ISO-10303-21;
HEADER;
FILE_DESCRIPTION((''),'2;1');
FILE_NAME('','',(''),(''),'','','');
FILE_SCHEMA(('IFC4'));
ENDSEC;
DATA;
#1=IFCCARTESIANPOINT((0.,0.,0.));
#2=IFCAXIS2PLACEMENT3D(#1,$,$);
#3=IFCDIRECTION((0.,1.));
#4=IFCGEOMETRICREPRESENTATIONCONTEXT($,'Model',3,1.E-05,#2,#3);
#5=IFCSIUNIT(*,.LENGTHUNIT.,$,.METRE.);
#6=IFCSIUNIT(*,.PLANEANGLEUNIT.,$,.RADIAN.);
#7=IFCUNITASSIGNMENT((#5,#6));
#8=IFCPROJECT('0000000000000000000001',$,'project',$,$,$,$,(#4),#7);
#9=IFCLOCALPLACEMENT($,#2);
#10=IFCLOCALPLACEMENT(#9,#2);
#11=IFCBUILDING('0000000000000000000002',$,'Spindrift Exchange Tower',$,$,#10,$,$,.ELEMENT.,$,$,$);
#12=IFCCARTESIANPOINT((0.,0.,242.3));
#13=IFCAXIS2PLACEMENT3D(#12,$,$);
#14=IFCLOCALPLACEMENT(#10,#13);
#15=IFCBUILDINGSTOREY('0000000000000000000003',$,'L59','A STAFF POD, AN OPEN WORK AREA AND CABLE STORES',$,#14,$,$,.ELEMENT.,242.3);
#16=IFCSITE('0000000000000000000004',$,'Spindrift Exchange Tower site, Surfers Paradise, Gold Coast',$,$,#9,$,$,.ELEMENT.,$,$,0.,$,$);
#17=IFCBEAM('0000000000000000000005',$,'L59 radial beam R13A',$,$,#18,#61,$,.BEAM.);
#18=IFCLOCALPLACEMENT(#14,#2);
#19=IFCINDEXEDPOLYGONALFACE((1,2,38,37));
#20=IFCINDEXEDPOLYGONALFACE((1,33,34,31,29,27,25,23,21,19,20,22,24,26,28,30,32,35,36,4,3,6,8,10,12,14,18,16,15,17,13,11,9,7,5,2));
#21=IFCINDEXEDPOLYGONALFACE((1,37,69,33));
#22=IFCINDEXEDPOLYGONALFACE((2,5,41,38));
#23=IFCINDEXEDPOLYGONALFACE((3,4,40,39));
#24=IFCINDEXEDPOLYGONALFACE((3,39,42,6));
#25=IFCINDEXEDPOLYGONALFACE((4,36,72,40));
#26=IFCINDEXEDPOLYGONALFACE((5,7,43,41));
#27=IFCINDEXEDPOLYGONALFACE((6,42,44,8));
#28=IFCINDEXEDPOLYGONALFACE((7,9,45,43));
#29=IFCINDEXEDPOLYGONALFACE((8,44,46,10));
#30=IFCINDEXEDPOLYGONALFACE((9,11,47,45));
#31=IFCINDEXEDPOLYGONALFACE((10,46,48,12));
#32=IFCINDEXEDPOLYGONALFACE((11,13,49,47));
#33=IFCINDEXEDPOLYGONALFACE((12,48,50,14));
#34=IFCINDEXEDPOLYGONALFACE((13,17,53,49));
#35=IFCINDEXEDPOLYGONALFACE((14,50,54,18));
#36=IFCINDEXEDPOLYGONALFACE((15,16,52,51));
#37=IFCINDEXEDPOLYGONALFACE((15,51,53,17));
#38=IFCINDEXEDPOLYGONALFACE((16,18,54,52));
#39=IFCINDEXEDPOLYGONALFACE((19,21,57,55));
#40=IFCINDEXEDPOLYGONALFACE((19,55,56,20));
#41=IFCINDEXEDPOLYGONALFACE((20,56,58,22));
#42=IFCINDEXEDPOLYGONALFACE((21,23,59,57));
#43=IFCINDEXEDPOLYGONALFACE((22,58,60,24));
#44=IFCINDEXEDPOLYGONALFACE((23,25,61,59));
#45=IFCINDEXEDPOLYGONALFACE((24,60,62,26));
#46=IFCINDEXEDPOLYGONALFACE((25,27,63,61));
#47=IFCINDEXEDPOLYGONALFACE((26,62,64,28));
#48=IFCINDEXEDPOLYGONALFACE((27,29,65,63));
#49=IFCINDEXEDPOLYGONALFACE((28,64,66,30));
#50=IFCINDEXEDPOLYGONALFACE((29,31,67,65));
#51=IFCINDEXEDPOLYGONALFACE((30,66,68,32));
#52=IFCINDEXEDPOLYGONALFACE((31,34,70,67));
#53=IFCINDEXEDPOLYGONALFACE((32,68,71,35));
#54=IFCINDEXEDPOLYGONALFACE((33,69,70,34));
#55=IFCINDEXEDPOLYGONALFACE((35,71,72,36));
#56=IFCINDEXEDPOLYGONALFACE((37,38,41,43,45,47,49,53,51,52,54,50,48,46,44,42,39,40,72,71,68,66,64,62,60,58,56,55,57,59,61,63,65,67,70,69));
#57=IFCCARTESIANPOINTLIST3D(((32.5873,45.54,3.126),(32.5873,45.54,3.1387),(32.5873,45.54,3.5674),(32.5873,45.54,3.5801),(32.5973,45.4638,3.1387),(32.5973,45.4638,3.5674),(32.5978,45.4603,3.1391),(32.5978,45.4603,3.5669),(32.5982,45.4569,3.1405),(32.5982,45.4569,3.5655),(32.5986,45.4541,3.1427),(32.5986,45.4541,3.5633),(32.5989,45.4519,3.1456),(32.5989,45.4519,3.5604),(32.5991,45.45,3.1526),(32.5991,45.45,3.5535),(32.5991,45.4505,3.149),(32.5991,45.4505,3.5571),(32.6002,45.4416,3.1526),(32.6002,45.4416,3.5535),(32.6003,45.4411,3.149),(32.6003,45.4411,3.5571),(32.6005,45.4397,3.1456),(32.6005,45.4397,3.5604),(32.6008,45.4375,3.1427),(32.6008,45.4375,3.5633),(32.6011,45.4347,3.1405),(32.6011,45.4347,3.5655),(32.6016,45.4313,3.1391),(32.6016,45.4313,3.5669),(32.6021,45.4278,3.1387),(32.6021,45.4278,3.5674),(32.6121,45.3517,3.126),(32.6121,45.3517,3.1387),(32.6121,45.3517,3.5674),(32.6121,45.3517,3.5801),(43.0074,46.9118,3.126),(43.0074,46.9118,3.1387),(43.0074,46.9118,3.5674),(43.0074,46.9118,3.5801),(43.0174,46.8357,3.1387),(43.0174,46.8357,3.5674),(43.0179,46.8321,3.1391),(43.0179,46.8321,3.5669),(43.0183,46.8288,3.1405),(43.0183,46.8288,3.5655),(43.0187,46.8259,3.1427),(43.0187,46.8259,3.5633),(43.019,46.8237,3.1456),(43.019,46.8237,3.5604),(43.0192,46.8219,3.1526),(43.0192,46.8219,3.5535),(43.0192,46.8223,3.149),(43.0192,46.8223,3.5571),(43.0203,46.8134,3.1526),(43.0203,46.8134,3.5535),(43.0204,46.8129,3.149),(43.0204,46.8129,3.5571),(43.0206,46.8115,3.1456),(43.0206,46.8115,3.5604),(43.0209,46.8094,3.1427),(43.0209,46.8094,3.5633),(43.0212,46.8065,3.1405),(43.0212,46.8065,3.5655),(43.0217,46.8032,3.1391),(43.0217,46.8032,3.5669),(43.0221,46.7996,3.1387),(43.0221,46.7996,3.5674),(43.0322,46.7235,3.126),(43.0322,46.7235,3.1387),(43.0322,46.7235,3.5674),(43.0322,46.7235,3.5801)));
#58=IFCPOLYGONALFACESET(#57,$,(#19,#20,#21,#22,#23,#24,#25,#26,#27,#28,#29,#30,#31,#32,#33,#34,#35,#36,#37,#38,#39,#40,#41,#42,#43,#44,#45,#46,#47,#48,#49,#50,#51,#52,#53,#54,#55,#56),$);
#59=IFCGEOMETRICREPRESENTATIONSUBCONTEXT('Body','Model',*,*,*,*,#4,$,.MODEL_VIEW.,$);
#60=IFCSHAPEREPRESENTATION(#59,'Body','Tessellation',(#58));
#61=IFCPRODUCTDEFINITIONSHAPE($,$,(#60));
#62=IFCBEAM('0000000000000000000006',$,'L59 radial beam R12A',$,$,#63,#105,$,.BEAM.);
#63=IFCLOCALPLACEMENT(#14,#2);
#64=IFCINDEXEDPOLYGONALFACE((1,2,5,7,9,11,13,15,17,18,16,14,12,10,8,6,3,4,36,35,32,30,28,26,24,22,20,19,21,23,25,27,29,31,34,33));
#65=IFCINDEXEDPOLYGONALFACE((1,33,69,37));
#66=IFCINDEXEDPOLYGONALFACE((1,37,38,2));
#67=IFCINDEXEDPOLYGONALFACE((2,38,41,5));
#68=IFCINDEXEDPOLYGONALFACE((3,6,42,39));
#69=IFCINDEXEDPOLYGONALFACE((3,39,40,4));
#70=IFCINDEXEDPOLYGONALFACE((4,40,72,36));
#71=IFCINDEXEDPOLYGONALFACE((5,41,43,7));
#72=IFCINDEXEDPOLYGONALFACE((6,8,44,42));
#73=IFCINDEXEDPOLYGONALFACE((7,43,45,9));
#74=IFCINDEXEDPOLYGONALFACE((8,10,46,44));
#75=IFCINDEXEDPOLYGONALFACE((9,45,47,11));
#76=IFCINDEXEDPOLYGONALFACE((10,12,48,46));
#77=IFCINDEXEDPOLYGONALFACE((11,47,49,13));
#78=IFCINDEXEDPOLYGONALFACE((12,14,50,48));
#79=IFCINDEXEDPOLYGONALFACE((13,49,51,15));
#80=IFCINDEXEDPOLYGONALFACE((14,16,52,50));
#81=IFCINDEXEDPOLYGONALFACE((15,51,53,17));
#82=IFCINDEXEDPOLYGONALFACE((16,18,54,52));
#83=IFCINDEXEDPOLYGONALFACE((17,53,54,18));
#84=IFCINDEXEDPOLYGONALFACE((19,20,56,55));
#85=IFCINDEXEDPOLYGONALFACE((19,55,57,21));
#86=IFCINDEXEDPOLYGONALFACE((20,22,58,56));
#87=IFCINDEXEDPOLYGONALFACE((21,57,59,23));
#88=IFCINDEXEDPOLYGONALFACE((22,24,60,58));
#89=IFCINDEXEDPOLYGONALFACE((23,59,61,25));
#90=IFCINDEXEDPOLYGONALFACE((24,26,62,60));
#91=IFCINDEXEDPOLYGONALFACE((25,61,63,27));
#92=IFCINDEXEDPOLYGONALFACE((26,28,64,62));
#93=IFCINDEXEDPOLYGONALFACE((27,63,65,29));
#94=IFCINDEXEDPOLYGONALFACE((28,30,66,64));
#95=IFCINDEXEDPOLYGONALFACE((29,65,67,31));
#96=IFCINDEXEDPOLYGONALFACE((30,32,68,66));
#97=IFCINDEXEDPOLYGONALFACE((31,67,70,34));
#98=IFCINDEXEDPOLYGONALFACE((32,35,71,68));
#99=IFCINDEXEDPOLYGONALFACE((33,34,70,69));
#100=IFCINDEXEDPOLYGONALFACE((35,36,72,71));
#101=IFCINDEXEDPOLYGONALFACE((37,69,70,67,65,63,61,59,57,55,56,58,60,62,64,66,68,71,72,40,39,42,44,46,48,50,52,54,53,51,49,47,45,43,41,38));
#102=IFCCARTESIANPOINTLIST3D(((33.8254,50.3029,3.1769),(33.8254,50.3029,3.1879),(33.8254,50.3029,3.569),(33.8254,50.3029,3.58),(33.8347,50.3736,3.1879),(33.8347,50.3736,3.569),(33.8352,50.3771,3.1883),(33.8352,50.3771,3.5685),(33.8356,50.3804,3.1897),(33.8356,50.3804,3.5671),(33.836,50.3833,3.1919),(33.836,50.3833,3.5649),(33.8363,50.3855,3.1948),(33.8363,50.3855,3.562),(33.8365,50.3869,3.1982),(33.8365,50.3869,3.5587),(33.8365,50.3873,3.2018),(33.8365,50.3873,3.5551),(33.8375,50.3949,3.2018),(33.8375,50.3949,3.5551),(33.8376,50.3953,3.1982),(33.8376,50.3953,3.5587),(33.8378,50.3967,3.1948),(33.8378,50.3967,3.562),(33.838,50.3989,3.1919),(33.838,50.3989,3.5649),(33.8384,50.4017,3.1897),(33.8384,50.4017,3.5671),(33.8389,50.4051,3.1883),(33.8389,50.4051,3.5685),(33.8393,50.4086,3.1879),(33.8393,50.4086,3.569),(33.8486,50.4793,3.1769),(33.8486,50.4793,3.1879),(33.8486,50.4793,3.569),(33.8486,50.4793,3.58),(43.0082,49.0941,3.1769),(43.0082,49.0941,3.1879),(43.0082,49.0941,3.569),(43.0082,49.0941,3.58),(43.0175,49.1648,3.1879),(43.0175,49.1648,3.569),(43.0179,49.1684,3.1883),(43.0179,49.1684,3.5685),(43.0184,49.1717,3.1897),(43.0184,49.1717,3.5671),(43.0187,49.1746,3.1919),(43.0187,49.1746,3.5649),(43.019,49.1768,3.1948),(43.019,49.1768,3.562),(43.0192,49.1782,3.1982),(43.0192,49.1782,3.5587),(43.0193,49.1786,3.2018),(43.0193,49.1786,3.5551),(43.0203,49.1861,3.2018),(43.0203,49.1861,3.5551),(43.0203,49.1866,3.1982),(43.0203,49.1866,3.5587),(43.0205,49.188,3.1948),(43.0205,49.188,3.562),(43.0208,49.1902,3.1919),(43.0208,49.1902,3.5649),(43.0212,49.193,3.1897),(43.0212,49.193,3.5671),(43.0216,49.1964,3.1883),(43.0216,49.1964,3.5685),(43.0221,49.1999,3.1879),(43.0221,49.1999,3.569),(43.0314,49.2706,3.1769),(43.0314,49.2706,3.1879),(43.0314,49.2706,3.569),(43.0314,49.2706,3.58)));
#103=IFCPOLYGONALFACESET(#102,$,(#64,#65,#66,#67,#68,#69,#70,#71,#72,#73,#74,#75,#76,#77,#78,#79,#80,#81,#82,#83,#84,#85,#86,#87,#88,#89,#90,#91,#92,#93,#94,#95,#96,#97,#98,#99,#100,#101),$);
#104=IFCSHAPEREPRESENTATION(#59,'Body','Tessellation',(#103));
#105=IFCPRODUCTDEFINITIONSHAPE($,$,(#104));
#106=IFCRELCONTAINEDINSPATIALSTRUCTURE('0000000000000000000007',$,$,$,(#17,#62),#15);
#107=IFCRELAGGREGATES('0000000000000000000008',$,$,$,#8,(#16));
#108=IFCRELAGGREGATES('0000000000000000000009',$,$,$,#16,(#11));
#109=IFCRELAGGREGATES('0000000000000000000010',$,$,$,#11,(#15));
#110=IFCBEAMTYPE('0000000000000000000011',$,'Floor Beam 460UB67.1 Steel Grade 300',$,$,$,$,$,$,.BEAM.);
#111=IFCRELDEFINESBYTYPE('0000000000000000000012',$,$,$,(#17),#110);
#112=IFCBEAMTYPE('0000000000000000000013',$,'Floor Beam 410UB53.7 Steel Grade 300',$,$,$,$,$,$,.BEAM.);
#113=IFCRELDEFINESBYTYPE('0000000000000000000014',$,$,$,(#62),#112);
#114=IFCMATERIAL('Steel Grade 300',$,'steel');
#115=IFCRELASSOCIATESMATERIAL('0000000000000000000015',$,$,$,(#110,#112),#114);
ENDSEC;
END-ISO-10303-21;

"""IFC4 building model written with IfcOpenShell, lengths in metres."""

from ifc_helpers import new_model, si_unit, direction, frame, origin, origin_2d, place, context, subcontext, project, spatial, i_section, extrude, source, transform, mapped, material, material_profile, profile_set, type_object, element, save


model = new_model("IFC4")

# Units and contexts
model_context = context("Model", 3, precision=1e-05, world=origin(), true_north=direction((0.0, 1.0)))
body_context = subcontext(model_context, "Body", "Model", "MODEL_VIEW")
ifc_project = project(units=[si_unit("LENGTHUNIT", "METRE"), si_unit("PLANEANGLEUNIT", "RADIAN")], contexts=[model_context])

# Site, building, storey
site_placement = place(None, origin())
site = spatial("IfcSite", under=ifc_project, at=site_placement, Name="Spindrift Exchange Tower site, Surfers Paradise, Gold Coast", CompositionType="ELEMENT", RefElevation=0.0)
building_placement = place(site_placement, origin())
building = spatial("IfcBuilding", under=site, at=building_placement, Name="Spindrift Exchange Tower", CompositionType="ELEMENT")
storey_placement = place(building_placement, frame((0.0, 0.0, 242.3)))
storey = spatial("IfcBuildingStorey", under=building, at=storey_placement, Name="L59", Description="A STAFF POD, AN OPEN WORK AREA AND CABLE STORES", CompositionType="ELEMENT", Elevation=242.3)

# Beams
ifc_material_1 = material(Name="Steel Grade 300", Category="steel")
ifc_material_profile_1 = material_profile(ifc_material_1, i_section(OverallWidth=0.1899, OverallDepth=0.4541, WebThickness=0.0085, FlangeThickness=0.0127, FilletRadius=0.0139, at=origin_2d()), Name="460UB67.1")
ifc_profile_set_1 = profile_set([ifc_material_profile_1], Name="Steel Grade 300")
beam_type_1 = type_object("IfcBeamType", Name="Floor Beam 460UB67.1 Steel Grade 300", PredefinedType="BEAM", material=ifc_profile_set_1)
shared_shape_1 = source(origin(), body_context, "Body", "SweptSolid", [
    extrude(i_section(OverallWidth=0.1899, OverallDepth=0.4541, WebThickness=0.0085, FlangeThickness=0.0127, FilletRadius=0.0139, at=origin_2d()), origin(), (0.0, 0.0, 1.0), 10.51),
])
beam_1_placement = place(storey_placement, frame((43.0198, 46.8176, 3.353), z_axis=(-0.991445, -0.130525, 0.0), x_axis=(0.130525, -0.991445, 0.0)))
element("IfcBeam", 1, at=beam_1_placement, inside=storey, type_object=beam_type_1, Name="L59 radial beam R13A", PredefinedType="BEAM", context=body_context, shape_type="MappedRepresentation", body=[
    mapped(shared_shape_1, transform((0.0, 0.0, 0.0), scale=1.0)),
])
ifc_material_profile_2 = material_profile(ifc_material_1, i_section(OverallWidth=0.178, OverallDepth=0.4031, WebThickness=0.0076, FlangeThickness=0.011, FilletRadius=0.0139, at=origin_2d()), Name="410UB53.7")
ifc_profile_set_2 = profile_set([ifc_material_profile_2], Name="Steel Grade 300")
beam_type_2 = type_object("IfcBeamType", Name="Floor Beam 410UB53.7 Steel Grade 300", PredefinedType="BEAM", material=ifc_profile_set_2)
shared_shape_2 = source(origin(), body_context, "Body", "SweptSolid", [
    extrude(i_section(OverallWidth=0.178, OverallDepth=0.4031, WebThickness=0.0076, FlangeThickness=0.011, FilletRadius=0.0139, at=origin_2d()), origin(), (0.0, 0.0, 1.0), 9.262),
])
beam_2_placement = place(storey_placement, frame((43.0198, 49.1824, 3.3784), z_axis=(-0.991448, 0.130504, 0.0), x_axis=(-0.130504, -0.991448, 0.0)))
element("IfcBeam", 2, at=beam_2_placement, inside=storey, type_object=beam_type_2, Name="L59 radial beam R12A", PredefinedType="BEAM", context=body_context, shape_type="MappedRepresentation", body=[
    mapped(shared_shape_2, transform((0.0, 0.0, 0.0), scale=1.0)),
])

save(model, "model.ifc")
